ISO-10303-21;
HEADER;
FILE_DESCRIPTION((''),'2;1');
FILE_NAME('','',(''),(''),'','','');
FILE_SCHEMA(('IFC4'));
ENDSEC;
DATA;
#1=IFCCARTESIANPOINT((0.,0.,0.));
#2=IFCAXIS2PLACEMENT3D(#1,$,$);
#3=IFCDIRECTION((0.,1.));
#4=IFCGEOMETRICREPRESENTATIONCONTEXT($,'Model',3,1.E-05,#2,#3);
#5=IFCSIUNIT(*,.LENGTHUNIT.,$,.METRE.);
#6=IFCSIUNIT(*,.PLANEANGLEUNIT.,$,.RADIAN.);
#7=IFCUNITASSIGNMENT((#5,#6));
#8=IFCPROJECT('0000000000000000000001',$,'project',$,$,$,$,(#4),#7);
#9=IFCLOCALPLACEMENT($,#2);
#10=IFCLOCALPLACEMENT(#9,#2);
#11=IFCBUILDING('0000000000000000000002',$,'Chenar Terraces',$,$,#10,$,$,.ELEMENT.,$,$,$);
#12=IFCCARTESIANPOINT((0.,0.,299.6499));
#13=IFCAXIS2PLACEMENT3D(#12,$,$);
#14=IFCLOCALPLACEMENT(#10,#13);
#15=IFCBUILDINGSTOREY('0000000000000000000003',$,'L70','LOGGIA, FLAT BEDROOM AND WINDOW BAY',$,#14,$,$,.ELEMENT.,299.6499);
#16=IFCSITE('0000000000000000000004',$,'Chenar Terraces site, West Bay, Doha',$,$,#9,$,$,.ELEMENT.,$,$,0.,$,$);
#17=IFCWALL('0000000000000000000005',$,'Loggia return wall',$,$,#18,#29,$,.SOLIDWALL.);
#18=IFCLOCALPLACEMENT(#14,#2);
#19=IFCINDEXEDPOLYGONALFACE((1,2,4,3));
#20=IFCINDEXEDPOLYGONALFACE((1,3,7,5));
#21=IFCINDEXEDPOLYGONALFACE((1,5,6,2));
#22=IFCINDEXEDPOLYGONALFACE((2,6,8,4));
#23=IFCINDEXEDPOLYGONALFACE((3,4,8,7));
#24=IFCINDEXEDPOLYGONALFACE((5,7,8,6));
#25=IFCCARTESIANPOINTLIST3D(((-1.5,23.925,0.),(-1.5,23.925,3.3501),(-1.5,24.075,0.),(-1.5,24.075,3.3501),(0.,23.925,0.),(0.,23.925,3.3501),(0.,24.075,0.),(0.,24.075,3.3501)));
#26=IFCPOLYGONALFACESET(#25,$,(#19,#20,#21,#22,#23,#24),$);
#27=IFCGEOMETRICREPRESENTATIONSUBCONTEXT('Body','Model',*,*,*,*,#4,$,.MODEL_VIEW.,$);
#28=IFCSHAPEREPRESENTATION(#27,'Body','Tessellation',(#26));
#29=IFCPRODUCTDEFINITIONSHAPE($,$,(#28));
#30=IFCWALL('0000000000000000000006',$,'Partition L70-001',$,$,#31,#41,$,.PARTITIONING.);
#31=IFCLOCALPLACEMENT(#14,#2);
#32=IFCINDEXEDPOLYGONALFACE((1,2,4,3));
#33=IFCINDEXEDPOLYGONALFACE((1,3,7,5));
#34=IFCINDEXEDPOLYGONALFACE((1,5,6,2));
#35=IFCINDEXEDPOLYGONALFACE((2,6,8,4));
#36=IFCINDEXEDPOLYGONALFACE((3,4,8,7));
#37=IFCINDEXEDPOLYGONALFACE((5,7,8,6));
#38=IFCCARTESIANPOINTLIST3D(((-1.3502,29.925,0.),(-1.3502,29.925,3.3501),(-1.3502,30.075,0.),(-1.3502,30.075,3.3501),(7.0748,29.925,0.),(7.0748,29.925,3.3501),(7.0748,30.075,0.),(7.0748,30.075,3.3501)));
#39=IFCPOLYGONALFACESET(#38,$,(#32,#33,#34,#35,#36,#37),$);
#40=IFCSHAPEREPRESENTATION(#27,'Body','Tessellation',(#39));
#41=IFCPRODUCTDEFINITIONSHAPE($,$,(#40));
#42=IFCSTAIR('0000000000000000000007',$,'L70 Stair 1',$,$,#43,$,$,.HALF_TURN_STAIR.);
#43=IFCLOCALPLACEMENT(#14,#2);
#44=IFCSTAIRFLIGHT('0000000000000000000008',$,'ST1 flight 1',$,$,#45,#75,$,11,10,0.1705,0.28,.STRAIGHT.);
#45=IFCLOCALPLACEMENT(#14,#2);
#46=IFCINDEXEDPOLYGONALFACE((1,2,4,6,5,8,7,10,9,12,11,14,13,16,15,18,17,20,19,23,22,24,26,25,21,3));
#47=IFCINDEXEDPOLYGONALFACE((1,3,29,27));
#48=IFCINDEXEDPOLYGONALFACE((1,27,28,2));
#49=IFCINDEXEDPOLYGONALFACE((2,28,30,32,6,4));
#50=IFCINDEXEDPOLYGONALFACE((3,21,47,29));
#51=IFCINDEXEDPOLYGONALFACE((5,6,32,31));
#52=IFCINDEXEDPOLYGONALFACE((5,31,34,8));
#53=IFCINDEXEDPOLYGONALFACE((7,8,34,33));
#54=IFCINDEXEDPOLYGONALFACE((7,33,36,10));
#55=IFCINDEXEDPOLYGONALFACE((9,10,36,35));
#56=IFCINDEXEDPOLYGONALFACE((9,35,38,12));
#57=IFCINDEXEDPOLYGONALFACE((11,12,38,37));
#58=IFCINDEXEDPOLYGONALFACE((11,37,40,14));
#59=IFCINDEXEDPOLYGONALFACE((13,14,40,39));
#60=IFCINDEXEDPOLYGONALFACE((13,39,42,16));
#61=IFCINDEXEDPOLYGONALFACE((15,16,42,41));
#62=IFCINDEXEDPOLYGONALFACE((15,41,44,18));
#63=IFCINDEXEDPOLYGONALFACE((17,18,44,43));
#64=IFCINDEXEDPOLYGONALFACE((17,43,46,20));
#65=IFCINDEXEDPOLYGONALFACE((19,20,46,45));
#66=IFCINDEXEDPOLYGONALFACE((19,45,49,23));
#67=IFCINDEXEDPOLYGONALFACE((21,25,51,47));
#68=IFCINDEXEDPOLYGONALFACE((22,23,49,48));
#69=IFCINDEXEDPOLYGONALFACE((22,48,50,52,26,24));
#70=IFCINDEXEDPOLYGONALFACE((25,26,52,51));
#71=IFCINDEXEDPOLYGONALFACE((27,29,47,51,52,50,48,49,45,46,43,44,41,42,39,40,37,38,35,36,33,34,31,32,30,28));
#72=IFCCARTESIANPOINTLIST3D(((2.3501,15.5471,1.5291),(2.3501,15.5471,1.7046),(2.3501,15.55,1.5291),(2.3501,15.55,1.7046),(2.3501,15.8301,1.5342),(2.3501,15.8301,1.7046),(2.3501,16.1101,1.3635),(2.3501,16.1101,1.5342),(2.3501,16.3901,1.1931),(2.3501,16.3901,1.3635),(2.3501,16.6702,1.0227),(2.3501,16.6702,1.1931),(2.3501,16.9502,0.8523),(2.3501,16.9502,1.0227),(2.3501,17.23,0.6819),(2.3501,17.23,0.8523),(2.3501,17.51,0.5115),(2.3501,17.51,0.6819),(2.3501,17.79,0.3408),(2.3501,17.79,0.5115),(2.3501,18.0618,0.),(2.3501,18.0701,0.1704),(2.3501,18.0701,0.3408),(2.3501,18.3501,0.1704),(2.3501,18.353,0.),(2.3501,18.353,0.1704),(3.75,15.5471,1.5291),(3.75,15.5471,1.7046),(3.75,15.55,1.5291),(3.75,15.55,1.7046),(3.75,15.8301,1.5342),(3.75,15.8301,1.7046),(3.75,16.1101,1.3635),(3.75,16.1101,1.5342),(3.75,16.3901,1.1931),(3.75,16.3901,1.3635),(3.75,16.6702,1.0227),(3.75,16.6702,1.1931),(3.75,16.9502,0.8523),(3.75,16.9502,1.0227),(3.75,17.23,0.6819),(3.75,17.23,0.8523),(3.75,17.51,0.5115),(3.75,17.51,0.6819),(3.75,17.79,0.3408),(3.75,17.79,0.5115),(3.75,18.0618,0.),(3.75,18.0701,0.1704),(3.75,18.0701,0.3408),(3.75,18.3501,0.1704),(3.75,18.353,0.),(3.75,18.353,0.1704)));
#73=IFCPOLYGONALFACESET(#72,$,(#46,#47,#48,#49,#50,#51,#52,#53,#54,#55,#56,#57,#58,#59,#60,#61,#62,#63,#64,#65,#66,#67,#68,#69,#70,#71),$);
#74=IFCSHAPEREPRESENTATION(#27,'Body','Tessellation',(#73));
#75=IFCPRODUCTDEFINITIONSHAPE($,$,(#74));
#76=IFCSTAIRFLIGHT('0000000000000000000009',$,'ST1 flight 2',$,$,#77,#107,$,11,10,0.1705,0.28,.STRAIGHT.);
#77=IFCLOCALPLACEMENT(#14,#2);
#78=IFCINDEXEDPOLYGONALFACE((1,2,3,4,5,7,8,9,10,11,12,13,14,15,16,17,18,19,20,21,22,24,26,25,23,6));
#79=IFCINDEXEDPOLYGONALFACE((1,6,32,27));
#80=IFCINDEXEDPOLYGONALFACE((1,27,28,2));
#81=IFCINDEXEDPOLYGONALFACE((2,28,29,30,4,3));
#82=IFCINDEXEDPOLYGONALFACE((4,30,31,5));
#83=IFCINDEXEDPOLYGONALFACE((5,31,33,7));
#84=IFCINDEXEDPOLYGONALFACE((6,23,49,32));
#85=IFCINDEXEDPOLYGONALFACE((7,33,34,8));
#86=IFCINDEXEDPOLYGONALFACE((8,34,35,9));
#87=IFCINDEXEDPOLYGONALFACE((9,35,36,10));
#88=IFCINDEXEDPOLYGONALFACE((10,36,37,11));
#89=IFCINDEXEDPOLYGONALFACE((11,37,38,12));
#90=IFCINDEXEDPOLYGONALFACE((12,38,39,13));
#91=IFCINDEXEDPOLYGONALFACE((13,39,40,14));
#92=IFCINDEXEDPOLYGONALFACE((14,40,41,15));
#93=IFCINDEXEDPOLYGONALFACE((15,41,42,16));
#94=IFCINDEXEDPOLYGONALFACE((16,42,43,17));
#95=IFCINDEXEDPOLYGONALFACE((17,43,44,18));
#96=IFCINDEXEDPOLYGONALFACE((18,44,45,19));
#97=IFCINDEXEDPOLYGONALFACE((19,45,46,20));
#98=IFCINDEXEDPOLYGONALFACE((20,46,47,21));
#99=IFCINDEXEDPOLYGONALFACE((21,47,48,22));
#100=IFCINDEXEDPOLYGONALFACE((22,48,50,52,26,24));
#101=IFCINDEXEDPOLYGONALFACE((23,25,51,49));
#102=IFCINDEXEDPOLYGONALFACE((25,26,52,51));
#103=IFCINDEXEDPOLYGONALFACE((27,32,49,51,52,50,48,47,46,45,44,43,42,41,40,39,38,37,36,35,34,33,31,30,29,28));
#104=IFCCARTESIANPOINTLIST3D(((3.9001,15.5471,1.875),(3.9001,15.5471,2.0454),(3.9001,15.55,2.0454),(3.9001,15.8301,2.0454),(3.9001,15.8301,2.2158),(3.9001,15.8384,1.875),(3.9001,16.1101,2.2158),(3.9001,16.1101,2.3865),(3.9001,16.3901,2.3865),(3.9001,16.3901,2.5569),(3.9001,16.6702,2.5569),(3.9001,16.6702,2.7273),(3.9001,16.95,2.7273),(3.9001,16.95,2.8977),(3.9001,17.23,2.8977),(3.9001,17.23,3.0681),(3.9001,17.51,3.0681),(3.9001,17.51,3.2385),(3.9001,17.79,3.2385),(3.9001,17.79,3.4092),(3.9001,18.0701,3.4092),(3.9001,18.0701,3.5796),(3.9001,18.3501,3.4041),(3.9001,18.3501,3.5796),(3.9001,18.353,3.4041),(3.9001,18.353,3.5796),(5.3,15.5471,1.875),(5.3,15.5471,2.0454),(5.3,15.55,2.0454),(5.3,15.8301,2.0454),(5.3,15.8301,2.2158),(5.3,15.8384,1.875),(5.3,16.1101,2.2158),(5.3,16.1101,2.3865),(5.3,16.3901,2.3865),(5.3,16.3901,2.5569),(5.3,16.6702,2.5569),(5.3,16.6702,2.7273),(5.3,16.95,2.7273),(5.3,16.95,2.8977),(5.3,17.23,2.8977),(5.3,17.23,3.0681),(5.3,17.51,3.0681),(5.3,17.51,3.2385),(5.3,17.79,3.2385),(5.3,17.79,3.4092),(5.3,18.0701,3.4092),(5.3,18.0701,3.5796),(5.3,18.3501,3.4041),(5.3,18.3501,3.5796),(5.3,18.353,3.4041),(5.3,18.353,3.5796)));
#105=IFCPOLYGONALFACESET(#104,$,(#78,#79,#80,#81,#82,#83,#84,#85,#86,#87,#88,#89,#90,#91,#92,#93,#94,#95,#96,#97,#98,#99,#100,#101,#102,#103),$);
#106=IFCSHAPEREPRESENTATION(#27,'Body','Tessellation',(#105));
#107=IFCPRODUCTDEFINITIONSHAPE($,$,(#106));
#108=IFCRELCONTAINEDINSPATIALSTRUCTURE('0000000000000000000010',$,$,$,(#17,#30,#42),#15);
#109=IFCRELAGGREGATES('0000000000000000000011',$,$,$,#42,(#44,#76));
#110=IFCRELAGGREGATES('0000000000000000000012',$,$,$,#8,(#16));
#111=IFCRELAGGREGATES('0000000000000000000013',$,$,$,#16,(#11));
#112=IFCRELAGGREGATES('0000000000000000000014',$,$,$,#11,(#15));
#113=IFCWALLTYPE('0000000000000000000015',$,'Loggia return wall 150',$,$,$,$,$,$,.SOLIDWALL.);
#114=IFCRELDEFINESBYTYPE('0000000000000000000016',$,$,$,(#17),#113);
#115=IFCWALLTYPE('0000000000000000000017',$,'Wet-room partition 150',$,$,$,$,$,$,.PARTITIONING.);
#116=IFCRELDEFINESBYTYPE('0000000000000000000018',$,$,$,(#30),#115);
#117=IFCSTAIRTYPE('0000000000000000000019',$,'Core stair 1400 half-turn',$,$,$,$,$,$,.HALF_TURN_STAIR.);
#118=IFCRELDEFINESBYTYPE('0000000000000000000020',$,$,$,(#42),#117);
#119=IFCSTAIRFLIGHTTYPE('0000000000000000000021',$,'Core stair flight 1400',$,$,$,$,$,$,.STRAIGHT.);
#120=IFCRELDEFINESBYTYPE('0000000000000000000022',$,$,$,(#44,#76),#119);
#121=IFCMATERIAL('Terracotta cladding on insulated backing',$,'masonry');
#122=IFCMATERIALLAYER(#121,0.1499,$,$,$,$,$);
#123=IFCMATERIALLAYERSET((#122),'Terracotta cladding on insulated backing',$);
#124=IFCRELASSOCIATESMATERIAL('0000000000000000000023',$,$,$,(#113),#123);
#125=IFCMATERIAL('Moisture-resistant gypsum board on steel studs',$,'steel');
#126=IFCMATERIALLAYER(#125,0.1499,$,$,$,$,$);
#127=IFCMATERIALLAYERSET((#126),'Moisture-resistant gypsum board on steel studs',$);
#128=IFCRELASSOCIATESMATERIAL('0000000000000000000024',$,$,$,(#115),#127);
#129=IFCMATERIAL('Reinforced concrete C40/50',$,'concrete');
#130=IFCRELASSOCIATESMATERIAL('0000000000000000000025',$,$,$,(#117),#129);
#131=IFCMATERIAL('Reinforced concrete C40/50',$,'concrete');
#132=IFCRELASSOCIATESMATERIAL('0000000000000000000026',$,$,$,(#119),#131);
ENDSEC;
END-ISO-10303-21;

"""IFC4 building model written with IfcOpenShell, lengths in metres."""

from ifc_helpers import new_model, si_unit, direction, frame, frame_2d, origin, place, context, subcontext, project, spatial, polyline, rectangle, outline, extrude, material, layer, layer_set, type_object, element, aggregate, save


model = new_model("IFC4")

# Units and contexts
model_context = context("Model", 3, precision=1e-05, world=origin(), true_north=direction((0.0, 1.0)))
body_context = subcontext(model_context, "Body", "Model", "MODEL_VIEW")
ifc_project = project(units=[si_unit("LENGTHUNIT", "METRE"), si_unit("PLANEANGLEUNIT", "RADIAN")], contexts=[model_context])

# Site, building, storey
site_placement = place(None, origin())
site = spatial("IfcSite", under=ifc_project, at=site_placement, Name="Chenar Terraces site, West Bay, Doha", CompositionType="ELEMENT", RefElevation=0.0)
building_placement = place(site_placement, origin())
building = spatial("IfcBuilding", under=site, at=building_placement, Name="Chenar Terraces", CompositionType="ELEMENT")
storey_placement = place(building_placement, frame((0.0, 0.0, 299.6499)))
storey = spatial("IfcBuildingStorey", under=building, at=storey_placement, Name="L70", Description="LOGGIA, FLAT BEDROOM AND WINDOW BAY", CompositionType="ELEMENT", Elevation=299.6499)

# Walls
ifc_material_1 = material(Name="Terracotta cladding on insulated backing", Category="masonry")
ifc_layer_1 = layer(ifc_material_1, 0.1499)
ifc_layer_set_1 = layer_set([ifc_layer_1], Name="Terracotta cladding on insulated backing")
wall_type_1 = type_object("IfcWallType", Name="Loggia return wall 150", PredefinedType="SOLIDWALL", material=ifc_layer_set_1)
wall_1_placement = place(storey_placement, frame((-1.5, 24.0, 0.0), z_axis=(0.0, 0.0, 1.0), x_axis=(1.0, 0.0, 0.0)))
element("IfcWall", 1, at=wall_1_placement, inside=storey, type_object=wall_type_1, Name="Loggia return wall", PredefinedType="SOLIDWALL", context=body_context, shape_type="SweptSolid", body=[
    extrude(rectangle(XDim=1.5, YDim=0.1499, at=frame_2d((0.75, 0.0))), origin(), (0.0, 0.0, 1.0), 3.3501),
])
ifc_material_2 = material(Name="Moisture-resistant gypsum board on steel studs", Category="steel")
ifc_layer_2 = layer(ifc_material_2, 0.1499)
ifc_layer_set_2 = layer_set([ifc_layer_2], Name="Moisture-resistant gypsum board on steel studs")
wall_type_2 = type_object("IfcWallType", Name="Wet-room partition 150", PredefinedType="PARTITIONING", material=ifc_layer_set_2)
wall_2_placement = place(storey_placement, frame((-1.3501, 30.0, 0.0), z_axis=(0.0, 0.0, 1.0), x_axis=(1.0, 0.0, 0.0)))
element("IfcWall", 2, at=wall_2_placement, inside=storey, type_object=wall_type_2, Name="Partition L70-001", PredefinedType="PARTITIONING", context=body_context, shape_type="SweptSolid", body=[
    extrude(rectangle(XDim=8.425, YDim=0.1499, at=frame_2d((4.2124, 0.0))), origin(), (0.0, 0.0, 1.0), 3.3501),
])

# Stair, stair flights
ifc_material_3 = material(Name="Reinforced concrete C40/50", Category="concrete")
stair_type = type_object("IfcStairType", Name="Core stair 1400 half-turn", PredefinedType="HALF_TURN_STAIR", material=ifc_material_3)
stair_placement = place(storey_placement, origin())
stair = element("IfcStair", 3, at=stair_placement, inside=storey, type_object=stair_type, Name="L70 Stair 1", PredefinedType="HALF_TURN_STAIR")
ifc_material_4 = material(Name="Reinforced concrete C40/50", Category="concrete")
stair_flight_type = type_object("IfcStairFlightType", Name="Core stair flight 1400", PredefinedType="STRAIGHT", material=ifc_material_4)
stair_flight_1_placement = place(storey_placement, frame((3.05, 18.3501, 0.0), z_axis=(0.0, 0.0, 1.0), x_axis=(0.0, -1.0, 0.0)))
stair_flight_1 = element("IfcStairFlight", 4, at=stair_flight_1_placement, type_object=stair_flight_type, Name="ST1 flight 1", NumberOfRisers=11, NumberOfTreads=10, PredefinedType="STRAIGHT", RiserHeight=0.1705, TreadLength=0.28, context=body_context, shape_type="SweptSolid", body=[
    extrude(outline(polyline([(-0.0029, 0.0), (-0.0029, 0.1704), (0.0, 0.1704), (0.28, 0.1704), (0.28, 0.3408), (0.5601, 0.3408), (0.5601, 0.5115), (0.8401, 0.5115), (0.8401, 0.6819), (1.1201, 0.6819), (1.1201, 0.8523), (1.3999, 0.8523), (1.3999, 1.0227), (1.6799, 1.0227), (1.6799, 1.1931), (1.96, 1.1931), (1.96, 1.3635), (2.24, 1.3635), (2.24, 1.5342), (2.52, 1.5342), (2.52, 1.7046), (2.8, 1.7046), (2.803, 1.7046), (2.803, 1.5291), (2.8, 1.5291), (0.2883, 0.0), (-0.0029, 0.0)])), frame((0.0, 0.7, 0.0), z_axis=(0.0, -1.0, 0.0), x_axis=(1.0, 0.0, 0.0)), (0.0, 0.0, 1.0), 1.3999),
])
stair_flight_2_placement = place(storey_placement, frame((4.6001, 15.55, 1.875), z_axis=(0.0, 0.0, 1.0), x_axis=(0.0, 1.0, 0.0)))
stair_flight_2 = element("IfcStairFlight", 5, at=stair_flight_2_placement, type_object=stair_flight_type, Name="ST1 flight 2", NumberOfRisers=11, NumberOfTreads=10, PredefinedType="STRAIGHT", RiserHeight=0.1705, TreadLength=0.28, context=body_context, shape_type="SweptSolid", body=[
    extrude(outline(polyline([(-0.0029, 0.0), (-0.0029, 0.1704), (0.0, 0.1704), (0.28, 0.1704), (0.28, 0.3408), (0.5601, 0.3408), (0.5601, 0.5115), (0.8401, 0.5115), (0.8401, 0.6819), (1.1201, 0.6819), (1.1201, 0.8523), (1.3999, 0.8523), (1.3999, 1.0227), (1.6799, 1.0227), (1.6799, 1.1931), (1.96, 1.1931), (1.96, 1.3635), (2.24, 1.3635), (2.24, 1.5342), (2.52, 1.5342), (2.52, 1.7046), (2.8, 1.7046), (2.803, 1.7046), (2.803, 1.5291), (2.8, 1.5291), (0.2883, 0.0), (-0.0029, 0.0)])), frame((0.0, 0.7, 0.0), z_axis=(0.0, -1.0, 0.0), x_axis=(1.0, 0.0, 0.0)), (0.0, 0.0, 1.0), 1.3999),
])
aggregate(stair, [stair_flight_1, stair_flight_2])

save(model, "model.ifc")
